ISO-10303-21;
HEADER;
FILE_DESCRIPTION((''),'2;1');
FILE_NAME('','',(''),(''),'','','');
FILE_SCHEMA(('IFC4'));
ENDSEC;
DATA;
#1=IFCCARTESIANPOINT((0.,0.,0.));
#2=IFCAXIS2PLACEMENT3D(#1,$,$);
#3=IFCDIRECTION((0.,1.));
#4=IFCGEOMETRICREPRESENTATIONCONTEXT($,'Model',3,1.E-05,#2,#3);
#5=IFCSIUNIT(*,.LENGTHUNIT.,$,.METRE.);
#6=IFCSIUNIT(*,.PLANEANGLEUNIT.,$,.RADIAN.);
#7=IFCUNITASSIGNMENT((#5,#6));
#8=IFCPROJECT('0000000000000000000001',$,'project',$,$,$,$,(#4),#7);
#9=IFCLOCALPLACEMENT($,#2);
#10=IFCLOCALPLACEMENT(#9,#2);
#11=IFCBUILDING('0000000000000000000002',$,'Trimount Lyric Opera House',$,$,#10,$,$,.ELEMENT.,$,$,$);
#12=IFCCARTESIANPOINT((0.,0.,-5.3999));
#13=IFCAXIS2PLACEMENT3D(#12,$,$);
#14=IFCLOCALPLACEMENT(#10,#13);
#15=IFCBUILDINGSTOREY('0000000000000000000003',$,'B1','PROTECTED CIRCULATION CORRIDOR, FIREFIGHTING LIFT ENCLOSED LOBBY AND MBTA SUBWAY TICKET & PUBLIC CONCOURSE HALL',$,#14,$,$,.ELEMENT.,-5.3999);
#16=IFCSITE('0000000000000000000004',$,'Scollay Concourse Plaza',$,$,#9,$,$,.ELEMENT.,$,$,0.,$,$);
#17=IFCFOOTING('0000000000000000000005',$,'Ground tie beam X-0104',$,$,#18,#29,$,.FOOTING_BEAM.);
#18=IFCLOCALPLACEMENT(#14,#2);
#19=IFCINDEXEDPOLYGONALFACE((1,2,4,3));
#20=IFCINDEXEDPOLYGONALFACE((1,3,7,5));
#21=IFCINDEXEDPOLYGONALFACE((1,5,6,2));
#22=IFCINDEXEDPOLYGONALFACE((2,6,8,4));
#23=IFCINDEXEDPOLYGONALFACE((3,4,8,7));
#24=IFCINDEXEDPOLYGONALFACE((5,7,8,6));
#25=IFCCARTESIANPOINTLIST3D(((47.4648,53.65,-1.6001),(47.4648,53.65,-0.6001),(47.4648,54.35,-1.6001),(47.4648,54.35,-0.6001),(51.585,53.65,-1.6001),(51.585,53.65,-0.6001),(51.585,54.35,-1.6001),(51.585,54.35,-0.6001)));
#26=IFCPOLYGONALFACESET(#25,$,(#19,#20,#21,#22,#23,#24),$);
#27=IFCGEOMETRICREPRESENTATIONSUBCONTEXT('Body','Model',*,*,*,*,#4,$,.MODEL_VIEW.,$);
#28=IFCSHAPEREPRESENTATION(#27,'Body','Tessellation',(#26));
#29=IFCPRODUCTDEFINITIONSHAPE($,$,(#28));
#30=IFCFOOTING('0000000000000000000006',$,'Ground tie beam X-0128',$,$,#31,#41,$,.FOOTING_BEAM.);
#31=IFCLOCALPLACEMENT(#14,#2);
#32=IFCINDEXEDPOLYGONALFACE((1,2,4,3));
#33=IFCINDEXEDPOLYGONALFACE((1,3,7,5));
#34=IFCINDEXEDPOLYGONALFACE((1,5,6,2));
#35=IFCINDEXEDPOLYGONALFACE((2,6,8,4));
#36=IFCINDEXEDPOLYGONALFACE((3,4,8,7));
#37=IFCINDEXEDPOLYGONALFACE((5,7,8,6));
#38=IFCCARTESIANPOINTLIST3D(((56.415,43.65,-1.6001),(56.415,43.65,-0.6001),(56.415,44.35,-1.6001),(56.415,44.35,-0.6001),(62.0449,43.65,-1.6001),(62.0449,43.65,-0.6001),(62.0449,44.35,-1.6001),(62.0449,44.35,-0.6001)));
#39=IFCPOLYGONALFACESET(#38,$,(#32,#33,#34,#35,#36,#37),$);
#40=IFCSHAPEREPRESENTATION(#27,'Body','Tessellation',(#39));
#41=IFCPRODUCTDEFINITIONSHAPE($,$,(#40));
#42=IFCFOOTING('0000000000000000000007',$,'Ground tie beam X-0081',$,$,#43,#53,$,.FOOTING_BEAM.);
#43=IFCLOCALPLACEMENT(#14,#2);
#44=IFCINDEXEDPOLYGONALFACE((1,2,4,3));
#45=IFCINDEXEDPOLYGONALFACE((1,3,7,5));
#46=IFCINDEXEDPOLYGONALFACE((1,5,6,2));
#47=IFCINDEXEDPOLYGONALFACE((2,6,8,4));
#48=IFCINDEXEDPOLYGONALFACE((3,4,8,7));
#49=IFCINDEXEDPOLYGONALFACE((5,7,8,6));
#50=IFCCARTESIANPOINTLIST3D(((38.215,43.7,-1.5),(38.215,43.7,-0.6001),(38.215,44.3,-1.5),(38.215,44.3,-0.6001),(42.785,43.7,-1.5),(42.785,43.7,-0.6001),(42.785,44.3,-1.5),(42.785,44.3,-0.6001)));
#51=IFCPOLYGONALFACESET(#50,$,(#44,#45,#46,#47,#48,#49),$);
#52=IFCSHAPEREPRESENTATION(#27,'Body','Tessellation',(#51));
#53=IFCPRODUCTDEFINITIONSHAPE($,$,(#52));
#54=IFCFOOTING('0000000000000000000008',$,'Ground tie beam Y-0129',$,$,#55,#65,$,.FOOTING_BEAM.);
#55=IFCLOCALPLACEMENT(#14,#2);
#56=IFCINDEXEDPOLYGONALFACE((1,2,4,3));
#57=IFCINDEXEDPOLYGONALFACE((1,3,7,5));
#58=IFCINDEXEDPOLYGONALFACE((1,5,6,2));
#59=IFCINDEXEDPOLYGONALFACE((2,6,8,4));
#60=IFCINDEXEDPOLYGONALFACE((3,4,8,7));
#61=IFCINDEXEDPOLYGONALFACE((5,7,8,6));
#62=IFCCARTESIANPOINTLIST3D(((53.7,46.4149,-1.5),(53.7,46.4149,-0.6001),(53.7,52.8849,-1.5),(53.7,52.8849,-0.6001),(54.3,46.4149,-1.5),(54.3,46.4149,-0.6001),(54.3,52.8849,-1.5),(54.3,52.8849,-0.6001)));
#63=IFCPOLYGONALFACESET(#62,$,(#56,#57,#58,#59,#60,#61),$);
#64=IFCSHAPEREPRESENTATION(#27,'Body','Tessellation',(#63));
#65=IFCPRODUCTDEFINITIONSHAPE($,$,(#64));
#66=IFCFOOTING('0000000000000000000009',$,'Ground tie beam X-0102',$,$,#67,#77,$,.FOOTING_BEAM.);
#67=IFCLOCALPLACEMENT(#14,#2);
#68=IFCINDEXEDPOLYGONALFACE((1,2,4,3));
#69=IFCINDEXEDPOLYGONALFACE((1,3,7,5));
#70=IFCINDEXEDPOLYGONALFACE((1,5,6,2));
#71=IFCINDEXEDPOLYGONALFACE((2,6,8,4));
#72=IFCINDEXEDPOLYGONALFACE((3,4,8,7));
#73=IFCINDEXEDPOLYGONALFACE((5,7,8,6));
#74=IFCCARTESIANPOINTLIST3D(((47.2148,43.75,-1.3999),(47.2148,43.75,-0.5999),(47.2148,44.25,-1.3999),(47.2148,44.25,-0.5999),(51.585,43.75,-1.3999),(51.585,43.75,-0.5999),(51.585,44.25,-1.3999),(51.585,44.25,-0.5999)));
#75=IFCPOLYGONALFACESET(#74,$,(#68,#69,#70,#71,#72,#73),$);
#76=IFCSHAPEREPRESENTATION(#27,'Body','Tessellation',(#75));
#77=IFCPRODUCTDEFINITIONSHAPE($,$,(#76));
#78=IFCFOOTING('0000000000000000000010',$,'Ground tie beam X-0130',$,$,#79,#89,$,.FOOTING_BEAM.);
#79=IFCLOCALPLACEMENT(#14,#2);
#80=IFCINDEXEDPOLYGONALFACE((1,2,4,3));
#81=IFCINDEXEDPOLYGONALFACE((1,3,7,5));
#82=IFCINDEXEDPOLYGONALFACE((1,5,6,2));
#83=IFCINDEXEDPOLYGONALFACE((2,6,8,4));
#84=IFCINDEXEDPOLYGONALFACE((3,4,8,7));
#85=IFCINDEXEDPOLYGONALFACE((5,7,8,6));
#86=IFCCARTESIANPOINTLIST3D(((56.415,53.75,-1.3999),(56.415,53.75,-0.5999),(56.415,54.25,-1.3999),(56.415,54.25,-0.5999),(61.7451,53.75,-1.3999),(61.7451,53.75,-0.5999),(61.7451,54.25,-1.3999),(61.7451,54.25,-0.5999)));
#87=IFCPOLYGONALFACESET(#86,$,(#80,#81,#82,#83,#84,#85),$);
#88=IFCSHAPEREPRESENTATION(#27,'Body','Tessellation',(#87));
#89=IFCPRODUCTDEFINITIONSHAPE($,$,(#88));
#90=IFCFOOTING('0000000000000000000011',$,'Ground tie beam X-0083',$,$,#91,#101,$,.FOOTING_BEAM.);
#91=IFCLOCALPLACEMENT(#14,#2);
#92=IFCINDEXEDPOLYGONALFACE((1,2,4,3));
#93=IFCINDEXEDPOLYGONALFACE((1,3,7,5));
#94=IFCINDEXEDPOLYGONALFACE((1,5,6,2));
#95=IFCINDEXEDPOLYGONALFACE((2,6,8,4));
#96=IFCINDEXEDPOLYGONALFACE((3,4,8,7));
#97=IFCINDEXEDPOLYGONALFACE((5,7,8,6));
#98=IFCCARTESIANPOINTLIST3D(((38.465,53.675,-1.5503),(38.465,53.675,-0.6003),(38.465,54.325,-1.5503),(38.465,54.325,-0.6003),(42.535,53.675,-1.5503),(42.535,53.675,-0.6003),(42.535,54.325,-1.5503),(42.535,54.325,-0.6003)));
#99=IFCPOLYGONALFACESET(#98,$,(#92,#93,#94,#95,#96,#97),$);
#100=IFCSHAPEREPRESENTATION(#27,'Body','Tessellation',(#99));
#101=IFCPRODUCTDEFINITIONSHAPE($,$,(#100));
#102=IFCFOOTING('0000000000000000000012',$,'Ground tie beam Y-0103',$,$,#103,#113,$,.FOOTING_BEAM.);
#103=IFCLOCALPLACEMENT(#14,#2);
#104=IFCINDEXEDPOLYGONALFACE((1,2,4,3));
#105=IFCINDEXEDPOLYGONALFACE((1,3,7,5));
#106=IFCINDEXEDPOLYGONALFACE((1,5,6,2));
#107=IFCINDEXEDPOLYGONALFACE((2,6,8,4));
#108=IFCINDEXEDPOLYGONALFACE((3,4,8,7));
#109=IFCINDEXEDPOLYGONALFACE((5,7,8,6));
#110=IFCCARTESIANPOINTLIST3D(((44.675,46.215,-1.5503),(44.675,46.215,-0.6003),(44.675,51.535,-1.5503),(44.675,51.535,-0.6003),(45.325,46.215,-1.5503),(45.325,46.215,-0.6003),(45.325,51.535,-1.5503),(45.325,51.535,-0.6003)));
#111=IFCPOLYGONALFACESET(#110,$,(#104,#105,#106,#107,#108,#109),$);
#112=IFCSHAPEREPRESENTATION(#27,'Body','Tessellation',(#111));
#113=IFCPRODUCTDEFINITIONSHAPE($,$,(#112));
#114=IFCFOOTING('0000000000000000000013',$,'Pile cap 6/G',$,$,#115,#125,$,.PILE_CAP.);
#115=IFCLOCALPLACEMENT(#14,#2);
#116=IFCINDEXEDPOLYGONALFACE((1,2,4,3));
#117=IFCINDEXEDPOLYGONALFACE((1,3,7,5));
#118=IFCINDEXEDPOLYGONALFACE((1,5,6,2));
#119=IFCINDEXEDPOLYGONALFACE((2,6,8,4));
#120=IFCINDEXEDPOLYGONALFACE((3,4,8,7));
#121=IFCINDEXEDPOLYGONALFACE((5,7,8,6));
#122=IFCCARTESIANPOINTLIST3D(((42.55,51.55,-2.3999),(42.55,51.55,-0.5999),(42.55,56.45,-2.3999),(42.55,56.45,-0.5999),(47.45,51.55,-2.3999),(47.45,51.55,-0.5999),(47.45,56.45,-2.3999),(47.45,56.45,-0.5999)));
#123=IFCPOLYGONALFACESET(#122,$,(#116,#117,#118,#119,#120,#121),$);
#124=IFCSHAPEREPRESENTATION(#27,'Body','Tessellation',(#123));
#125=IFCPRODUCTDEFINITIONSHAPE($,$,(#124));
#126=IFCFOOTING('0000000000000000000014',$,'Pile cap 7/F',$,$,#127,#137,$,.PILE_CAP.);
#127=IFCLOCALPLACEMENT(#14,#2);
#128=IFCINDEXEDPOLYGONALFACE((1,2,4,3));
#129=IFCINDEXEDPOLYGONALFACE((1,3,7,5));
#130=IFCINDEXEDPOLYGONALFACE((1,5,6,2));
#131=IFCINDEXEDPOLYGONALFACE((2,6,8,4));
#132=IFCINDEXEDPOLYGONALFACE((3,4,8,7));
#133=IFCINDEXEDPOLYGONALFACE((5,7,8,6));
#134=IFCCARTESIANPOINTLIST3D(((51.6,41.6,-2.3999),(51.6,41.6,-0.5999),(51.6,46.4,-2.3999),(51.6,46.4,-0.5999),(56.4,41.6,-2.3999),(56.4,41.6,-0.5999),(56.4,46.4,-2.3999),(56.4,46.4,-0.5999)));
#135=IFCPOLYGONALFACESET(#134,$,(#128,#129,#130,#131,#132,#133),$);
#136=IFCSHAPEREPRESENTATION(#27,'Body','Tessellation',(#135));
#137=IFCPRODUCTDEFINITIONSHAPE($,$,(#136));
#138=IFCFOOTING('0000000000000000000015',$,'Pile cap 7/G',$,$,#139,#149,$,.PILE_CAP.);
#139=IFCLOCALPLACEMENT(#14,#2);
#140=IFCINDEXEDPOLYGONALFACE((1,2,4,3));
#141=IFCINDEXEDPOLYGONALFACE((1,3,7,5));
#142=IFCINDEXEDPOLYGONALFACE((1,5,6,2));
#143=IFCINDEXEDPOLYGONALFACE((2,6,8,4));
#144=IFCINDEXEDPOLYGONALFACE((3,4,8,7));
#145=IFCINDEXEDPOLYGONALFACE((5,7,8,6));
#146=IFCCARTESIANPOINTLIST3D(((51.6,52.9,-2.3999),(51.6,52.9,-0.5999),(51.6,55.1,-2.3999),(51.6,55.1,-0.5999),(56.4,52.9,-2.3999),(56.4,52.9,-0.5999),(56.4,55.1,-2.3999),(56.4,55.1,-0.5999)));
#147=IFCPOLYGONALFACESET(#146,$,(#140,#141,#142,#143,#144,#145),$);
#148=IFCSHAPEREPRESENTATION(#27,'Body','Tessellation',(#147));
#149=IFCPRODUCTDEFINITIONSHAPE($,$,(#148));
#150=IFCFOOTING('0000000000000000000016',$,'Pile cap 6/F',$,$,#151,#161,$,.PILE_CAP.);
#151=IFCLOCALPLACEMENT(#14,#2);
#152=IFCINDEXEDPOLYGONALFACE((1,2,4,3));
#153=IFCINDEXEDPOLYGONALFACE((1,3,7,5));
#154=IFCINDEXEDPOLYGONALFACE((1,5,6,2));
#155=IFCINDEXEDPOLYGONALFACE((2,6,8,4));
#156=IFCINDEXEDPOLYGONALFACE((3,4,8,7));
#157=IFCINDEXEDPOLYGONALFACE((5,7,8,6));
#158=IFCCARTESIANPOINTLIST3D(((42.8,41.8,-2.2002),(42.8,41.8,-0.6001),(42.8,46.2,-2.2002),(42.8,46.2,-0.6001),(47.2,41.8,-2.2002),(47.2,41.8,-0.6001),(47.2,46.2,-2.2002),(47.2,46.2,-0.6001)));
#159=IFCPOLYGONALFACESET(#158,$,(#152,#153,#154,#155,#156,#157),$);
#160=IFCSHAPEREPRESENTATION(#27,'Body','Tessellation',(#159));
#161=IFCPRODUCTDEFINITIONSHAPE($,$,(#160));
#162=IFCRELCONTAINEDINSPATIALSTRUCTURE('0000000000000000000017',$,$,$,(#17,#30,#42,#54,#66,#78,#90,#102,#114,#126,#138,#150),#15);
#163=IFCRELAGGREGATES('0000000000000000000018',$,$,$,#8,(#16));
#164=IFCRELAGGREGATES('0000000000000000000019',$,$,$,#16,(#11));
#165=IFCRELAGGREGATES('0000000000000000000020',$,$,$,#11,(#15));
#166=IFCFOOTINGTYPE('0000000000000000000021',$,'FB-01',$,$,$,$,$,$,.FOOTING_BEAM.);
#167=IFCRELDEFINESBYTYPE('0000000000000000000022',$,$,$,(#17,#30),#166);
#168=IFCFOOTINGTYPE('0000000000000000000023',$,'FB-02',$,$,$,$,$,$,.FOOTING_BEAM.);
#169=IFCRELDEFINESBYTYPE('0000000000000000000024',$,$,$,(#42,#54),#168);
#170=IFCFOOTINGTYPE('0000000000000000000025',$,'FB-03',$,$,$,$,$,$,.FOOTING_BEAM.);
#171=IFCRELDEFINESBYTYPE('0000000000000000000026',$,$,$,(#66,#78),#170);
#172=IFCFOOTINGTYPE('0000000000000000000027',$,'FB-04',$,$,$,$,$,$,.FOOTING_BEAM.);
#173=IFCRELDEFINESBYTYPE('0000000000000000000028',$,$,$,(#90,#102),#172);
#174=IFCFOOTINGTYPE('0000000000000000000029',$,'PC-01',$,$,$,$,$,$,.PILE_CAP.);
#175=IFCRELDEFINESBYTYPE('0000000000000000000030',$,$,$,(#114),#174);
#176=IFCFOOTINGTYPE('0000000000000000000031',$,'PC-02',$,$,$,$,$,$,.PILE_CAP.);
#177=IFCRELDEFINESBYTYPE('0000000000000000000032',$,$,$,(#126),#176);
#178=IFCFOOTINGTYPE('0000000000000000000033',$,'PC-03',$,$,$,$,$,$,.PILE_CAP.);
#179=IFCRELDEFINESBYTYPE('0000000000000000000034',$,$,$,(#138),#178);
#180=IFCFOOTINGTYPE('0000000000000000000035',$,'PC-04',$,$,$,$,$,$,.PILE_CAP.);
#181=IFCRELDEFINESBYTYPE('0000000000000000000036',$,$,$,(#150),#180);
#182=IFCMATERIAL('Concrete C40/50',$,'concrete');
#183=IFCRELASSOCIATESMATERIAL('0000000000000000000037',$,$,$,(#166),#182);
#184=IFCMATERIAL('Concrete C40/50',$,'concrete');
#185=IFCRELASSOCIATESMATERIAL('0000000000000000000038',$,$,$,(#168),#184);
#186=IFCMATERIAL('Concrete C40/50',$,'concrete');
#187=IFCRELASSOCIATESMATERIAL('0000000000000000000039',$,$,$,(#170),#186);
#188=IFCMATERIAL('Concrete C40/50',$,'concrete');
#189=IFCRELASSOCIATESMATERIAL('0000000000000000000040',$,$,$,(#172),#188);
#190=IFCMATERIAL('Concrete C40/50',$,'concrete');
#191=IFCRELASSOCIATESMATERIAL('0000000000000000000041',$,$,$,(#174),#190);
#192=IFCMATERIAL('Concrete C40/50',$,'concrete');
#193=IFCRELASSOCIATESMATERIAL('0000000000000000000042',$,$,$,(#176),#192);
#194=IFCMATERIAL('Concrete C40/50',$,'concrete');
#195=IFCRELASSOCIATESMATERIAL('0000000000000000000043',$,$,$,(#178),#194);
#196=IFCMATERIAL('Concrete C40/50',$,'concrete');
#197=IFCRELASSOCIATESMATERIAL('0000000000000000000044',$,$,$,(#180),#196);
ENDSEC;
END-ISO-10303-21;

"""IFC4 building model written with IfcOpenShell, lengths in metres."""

from ifc_helpers import new_model, si_unit, direction, frame, origin, origin_2d, place, context, subcontext, project, spatial, rectangle, extrude, material, type_object, element, save


model = new_model("IFC4")

# Units and contexts
model_context = context("Model", 3, precision=1e-05, world=origin(), true_north=direction((0.0, 1.0)))
body_context = subcontext(model_context, "Body", "Model", "MODEL_VIEW")
ifc_project = project(units=[si_unit("LENGTHUNIT", "METRE"), si_unit("PLANEANGLEUNIT", "RADIAN")], contexts=[model_context])

# Site, building, storey
site_placement = place(None, origin())
site = spatial("IfcSite", under=ifc_project, at=site_placement, Name="Scollay Concourse Plaza", CompositionType="ELEMENT", RefElevation=0.0)
building_placement = place(site_placement, origin())
building = spatial("IfcBuilding", under=site, at=building_placement, Name="Trimount Lyric Opera House", CompositionType="ELEMENT")
storey_placement = place(building_placement, frame((0.0, 0.0, -5.3999)))
storey = spatial("IfcBuildingStorey", under=building, at=storey_placement, Name="B1", Description="PROTECTED CIRCULATION CORRIDOR, FIREFIGHTING LIFT ENCLOSED LOBBY AND MBTA SUBWAY TICKET & PUBLIC CONCOURSE HALL", CompositionType="ELEMENT", Elevation=-5.3999)

# Footings
ifc_material_1 = material(Name="Concrete C40/50", Category="concrete")
footing_type_1 = type_object("IfcFootingType", Name="FB-01", PredefinedType="FOOTING_BEAM", material=ifc_material_1)
footing_1_placement = place(storey_placement, frame((49.5249, 54.0, -1.6001), z_axis=(0.0, 0.0, 1.0), x_axis=(1.0, 0.0, 0.0)))
element("IfcFooting", 1, at=footing_1_placement, inside=storey, type_object=footing_type_1, Name="Ground tie beam X-0104", PredefinedType="FOOTING_BEAM", context=body_context, shape_type="SweptSolid", body=[
    extrude(rectangle(XDim=4.1201, YDim=0.7, at=origin_2d()), origin(), (0.0, 0.0, 1.0), 1.0),
])
footing_2_placement = place(storey_placement, frame((59.23, 44.0, -1.6001), z_axis=(0.0, 0.0, 1.0), x_axis=(1.0, 0.0, 0.0)))
element("IfcFooting", 2, at=footing_2_placement, inside=storey, type_object=footing_type_1, Name="Ground tie beam X-0128", PredefinedType="FOOTING_BEAM", context=body_context, shape_type="SweptSolid", body=[
    extrude(rectangle(XDim=5.6299, YDim=0.7, at=origin_2d()), origin(), (0.0, 0.0, 1.0), 1.0),
])
ifc_material_2 = material(Name="Concrete C40/50", Category="concrete")
footing_type_2 = type_object("IfcFootingType", Name="FB-02", PredefinedType="FOOTING_BEAM", material=ifc_material_2)
footing_3_placement = place(storey_placement, frame((40.5, 44.0, -1.5), z_axis=(0.0, 0.0, 1.0), x_axis=(1.0, 0.0, 0.0)))
element("IfcFooting", 3, at=footing_3_placement, inside=storey, type_object=footing_type_2, Name="Ground tie beam X-0081", PredefinedType="FOOTING_BEAM", context=body_context, shape_type="SweptSolid", body=[
    extrude(rectangle(XDim=4.5701, YDim=0.6001, at=origin_2d()), origin(), (0.0, 0.0, 1.0), 0.8999),
])
footing_4_placement = place(storey_placement, frame((54.0, 49.6499, -1.5), z_axis=(0.0, 0.0, 1.0), x_axis=(1.0, 0.0, 0.0)))
element("IfcFooting", 4, at=footing_4_placement, inside=storey, type_object=footing_type_2, Name="Ground tie beam Y-0129", PredefinedType="FOOTING_BEAM", context=body_context, shape_type="SweptSolid", body=[
    extrude(rectangle(XDim=0.6001, YDim=6.47, at=origin_2d()), origin(), (0.0, 0.0, 1.0), 0.8999),
])
ifc_material_3 = material(Name="Concrete C40/50", Category="concrete")
footing_type_3 = type_object("IfcFootingType", Name="FB-03", PredefinedType="FOOTING_BEAM", material=ifc_material_3)
footing_5_placement = place(storey_placement, frame((49.3999, 44.0, -1.3999), z_axis=(0.0, 0.0, 1.0), x_axis=(1.0, 0.0, 0.0)))
element("IfcFooting", 5, at=footing_5_placement, inside=storey, type_object=footing_type_3, Name="Ground tie beam X-0102", PredefinedType="FOOTING_BEAM", context=body_context, shape_type="SweptSolid", body=[
    extrude(rectangle(XDim=4.3701, YDim=0.5, at=origin_2d()), origin(), (0.0, 0.0, 1.0), 0.8),
])
footing_6_placement = place(storey_placement, frame((59.0801, 54.0, -1.3999), z_axis=(0.0, 0.0, 1.0), x_axis=(1.0, 0.0, 0.0)))
element("IfcFooting", 6, at=footing_6_placement, inside=storey, type_object=footing_type_3, Name="Ground tie beam X-0130", PredefinedType="FOOTING_BEAM", context=body_context, shape_type="SweptSolid", body=[
    extrude(rectangle(XDim=5.3301, YDim=0.5, at=origin_2d()), origin(), (0.0, 0.0, 1.0), 0.8),
])
ifc_material_4 = material(Name="Concrete C40/50", Category="concrete")
footing_type_4 = type_object("IfcFootingType", Name="FB-04", PredefinedType="FOOTING_BEAM", material=ifc_material_4)
footing_7_placement = place(storey_placement, frame((40.5, 54.0, -1.5503), z_axis=(0.0, 0.0, 1.0), x_axis=(1.0, 0.0, 0.0)))
element("IfcFooting", 7, at=footing_7_placement, inside=storey, type_object=footing_type_4, Name="Ground tie beam X-0083", PredefinedType="FOOTING_BEAM", context=body_context, shape_type="SweptSolid", body=[
    extrude(rectangle(XDim=4.0701, YDim=0.6499, at=origin_2d()), origin(), (0.0, 0.0, 1.0), 0.95),
])
footing_8_placement = place(storey_placement, frame((45.0, 48.875, -1.5503), z_axis=(0.0, 0.0, 1.0), x_axis=(1.0, 0.0, 0.0)))
element("IfcFooting", 8, at=footing_8_placement, inside=storey, type_object=footing_type_4, Name="Ground tie beam Y-0103", PredefinedType="FOOTING_BEAM", context=body_context, shape_type="SweptSolid", body=[
    extrude(rectangle(XDim=0.6499, YDim=5.3201, at=origin_2d()), origin(), (0.0, 0.0, 1.0), 0.95),
])
ifc_material_5 = material(Name="Concrete C40/50", Category="concrete")
footing_type_5 = type_object("IfcFootingType", Name="PC-01", PredefinedType="PILE_CAP", material=ifc_material_5)
footing_9_placement = place(storey_placement, frame((45.0, 54.0, -2.3999), z_axis=(0.0, 0.0, 1.0), x_axis=(1.0, 0.0, 0.0)))
element("IfcFooting", 9, at=footing_9_placement, inside=storey, type_object=footing_type_5, Name="Pile cap 6/G", PredefinedType="PILE_CAP", context=body_context, shape_type="SweptSolid", body=[
    extrude(rectangle(XDim=4.8999, YDim=4.8999, at=origin_2d()), origin(), (0.0, 0.0, 1.0), 1.8),
])
ifc_material_6 = material(Name="Concrete C40/50", Category="concrete")
footing_type_6 = type_object("IfcFootingType", Name="PC-02", PredefinedType="PILE_CAP", material=ifc_material_6)
footing_10_placement = place(storey_placement, frame((54.0, 44.0, -2.3999), z_axis=(0.0, 0.0, 1.0), x_axis=(1.0, 0.0, 0.0)))
element("IfcFooting", 10, at=footing_10_placement, inside=storey, type_object=footing_type_6, Name="Pile cap 7/F", PredefinedType="PILE_CAP", context=body_context, shape_type="SweptSolid", body=[
    extrude(rectangle(XDim=4.8, YDim=4.8, at=origin_2d()), origin(), (0.0, 0.0, 1.0), 1.8),
])
ifc_material_7 = material(Name="Concrete C40/50", Category="concrete")
footing_type_7 = type_object("IfcFootingType", Name="PC-03", PredefinedType="PILE_CAP", material=ifc_material_7)
footing_11_placement = place(storey_placement, frame((54.0, 54.0, -2.3999), z_axis=(0.0, 0.0, 1.0), x_axis=(1.0, 0.0, 0.0)))
element("IfcFooting", 11, at=footing_11_placement, inside=storey, type_object=footing_type_7, Name="Pile cap 7/G", PredefinedType="PILE_CAP", context=body_context, shape_type="SweptSolid", body=[
    extrude(rectangle(XDim=4.8, YDim=2.2, at=origin_2d()), origin(), (0.0, 0.0, 1.0), 1.8),
])
ifc_material_8 = material(Name="Concrete C40/50", Category="concrete")
footing_type_8 = type_object("IfcFootingType", Name="PC-04", PredefinedType="PILE_CAP", material=ifc_material_8)
footing_12_placement = place(storey_placement, frame((45.0, 44.0, -2.2002), z_axis=(0.0, 0.0, 1.0), x_axis=(1.0, 0.0, 0.0)))
element("IfcFooting", 12, at=footing_12_placement, inside=storey, type_object=footing_type_8, Name="Pile cap 6/F", PredefinedType="PILE_CAP", context=body_context, shape_type="SweptSolid", body=[
    extrude(rectangle(XDim=4.3999, YDim=4.3999, at=origin_2d()), origin(), (0.0, 0.0, 1.0), 1.6001),
])

save(model, "model.ifc")
